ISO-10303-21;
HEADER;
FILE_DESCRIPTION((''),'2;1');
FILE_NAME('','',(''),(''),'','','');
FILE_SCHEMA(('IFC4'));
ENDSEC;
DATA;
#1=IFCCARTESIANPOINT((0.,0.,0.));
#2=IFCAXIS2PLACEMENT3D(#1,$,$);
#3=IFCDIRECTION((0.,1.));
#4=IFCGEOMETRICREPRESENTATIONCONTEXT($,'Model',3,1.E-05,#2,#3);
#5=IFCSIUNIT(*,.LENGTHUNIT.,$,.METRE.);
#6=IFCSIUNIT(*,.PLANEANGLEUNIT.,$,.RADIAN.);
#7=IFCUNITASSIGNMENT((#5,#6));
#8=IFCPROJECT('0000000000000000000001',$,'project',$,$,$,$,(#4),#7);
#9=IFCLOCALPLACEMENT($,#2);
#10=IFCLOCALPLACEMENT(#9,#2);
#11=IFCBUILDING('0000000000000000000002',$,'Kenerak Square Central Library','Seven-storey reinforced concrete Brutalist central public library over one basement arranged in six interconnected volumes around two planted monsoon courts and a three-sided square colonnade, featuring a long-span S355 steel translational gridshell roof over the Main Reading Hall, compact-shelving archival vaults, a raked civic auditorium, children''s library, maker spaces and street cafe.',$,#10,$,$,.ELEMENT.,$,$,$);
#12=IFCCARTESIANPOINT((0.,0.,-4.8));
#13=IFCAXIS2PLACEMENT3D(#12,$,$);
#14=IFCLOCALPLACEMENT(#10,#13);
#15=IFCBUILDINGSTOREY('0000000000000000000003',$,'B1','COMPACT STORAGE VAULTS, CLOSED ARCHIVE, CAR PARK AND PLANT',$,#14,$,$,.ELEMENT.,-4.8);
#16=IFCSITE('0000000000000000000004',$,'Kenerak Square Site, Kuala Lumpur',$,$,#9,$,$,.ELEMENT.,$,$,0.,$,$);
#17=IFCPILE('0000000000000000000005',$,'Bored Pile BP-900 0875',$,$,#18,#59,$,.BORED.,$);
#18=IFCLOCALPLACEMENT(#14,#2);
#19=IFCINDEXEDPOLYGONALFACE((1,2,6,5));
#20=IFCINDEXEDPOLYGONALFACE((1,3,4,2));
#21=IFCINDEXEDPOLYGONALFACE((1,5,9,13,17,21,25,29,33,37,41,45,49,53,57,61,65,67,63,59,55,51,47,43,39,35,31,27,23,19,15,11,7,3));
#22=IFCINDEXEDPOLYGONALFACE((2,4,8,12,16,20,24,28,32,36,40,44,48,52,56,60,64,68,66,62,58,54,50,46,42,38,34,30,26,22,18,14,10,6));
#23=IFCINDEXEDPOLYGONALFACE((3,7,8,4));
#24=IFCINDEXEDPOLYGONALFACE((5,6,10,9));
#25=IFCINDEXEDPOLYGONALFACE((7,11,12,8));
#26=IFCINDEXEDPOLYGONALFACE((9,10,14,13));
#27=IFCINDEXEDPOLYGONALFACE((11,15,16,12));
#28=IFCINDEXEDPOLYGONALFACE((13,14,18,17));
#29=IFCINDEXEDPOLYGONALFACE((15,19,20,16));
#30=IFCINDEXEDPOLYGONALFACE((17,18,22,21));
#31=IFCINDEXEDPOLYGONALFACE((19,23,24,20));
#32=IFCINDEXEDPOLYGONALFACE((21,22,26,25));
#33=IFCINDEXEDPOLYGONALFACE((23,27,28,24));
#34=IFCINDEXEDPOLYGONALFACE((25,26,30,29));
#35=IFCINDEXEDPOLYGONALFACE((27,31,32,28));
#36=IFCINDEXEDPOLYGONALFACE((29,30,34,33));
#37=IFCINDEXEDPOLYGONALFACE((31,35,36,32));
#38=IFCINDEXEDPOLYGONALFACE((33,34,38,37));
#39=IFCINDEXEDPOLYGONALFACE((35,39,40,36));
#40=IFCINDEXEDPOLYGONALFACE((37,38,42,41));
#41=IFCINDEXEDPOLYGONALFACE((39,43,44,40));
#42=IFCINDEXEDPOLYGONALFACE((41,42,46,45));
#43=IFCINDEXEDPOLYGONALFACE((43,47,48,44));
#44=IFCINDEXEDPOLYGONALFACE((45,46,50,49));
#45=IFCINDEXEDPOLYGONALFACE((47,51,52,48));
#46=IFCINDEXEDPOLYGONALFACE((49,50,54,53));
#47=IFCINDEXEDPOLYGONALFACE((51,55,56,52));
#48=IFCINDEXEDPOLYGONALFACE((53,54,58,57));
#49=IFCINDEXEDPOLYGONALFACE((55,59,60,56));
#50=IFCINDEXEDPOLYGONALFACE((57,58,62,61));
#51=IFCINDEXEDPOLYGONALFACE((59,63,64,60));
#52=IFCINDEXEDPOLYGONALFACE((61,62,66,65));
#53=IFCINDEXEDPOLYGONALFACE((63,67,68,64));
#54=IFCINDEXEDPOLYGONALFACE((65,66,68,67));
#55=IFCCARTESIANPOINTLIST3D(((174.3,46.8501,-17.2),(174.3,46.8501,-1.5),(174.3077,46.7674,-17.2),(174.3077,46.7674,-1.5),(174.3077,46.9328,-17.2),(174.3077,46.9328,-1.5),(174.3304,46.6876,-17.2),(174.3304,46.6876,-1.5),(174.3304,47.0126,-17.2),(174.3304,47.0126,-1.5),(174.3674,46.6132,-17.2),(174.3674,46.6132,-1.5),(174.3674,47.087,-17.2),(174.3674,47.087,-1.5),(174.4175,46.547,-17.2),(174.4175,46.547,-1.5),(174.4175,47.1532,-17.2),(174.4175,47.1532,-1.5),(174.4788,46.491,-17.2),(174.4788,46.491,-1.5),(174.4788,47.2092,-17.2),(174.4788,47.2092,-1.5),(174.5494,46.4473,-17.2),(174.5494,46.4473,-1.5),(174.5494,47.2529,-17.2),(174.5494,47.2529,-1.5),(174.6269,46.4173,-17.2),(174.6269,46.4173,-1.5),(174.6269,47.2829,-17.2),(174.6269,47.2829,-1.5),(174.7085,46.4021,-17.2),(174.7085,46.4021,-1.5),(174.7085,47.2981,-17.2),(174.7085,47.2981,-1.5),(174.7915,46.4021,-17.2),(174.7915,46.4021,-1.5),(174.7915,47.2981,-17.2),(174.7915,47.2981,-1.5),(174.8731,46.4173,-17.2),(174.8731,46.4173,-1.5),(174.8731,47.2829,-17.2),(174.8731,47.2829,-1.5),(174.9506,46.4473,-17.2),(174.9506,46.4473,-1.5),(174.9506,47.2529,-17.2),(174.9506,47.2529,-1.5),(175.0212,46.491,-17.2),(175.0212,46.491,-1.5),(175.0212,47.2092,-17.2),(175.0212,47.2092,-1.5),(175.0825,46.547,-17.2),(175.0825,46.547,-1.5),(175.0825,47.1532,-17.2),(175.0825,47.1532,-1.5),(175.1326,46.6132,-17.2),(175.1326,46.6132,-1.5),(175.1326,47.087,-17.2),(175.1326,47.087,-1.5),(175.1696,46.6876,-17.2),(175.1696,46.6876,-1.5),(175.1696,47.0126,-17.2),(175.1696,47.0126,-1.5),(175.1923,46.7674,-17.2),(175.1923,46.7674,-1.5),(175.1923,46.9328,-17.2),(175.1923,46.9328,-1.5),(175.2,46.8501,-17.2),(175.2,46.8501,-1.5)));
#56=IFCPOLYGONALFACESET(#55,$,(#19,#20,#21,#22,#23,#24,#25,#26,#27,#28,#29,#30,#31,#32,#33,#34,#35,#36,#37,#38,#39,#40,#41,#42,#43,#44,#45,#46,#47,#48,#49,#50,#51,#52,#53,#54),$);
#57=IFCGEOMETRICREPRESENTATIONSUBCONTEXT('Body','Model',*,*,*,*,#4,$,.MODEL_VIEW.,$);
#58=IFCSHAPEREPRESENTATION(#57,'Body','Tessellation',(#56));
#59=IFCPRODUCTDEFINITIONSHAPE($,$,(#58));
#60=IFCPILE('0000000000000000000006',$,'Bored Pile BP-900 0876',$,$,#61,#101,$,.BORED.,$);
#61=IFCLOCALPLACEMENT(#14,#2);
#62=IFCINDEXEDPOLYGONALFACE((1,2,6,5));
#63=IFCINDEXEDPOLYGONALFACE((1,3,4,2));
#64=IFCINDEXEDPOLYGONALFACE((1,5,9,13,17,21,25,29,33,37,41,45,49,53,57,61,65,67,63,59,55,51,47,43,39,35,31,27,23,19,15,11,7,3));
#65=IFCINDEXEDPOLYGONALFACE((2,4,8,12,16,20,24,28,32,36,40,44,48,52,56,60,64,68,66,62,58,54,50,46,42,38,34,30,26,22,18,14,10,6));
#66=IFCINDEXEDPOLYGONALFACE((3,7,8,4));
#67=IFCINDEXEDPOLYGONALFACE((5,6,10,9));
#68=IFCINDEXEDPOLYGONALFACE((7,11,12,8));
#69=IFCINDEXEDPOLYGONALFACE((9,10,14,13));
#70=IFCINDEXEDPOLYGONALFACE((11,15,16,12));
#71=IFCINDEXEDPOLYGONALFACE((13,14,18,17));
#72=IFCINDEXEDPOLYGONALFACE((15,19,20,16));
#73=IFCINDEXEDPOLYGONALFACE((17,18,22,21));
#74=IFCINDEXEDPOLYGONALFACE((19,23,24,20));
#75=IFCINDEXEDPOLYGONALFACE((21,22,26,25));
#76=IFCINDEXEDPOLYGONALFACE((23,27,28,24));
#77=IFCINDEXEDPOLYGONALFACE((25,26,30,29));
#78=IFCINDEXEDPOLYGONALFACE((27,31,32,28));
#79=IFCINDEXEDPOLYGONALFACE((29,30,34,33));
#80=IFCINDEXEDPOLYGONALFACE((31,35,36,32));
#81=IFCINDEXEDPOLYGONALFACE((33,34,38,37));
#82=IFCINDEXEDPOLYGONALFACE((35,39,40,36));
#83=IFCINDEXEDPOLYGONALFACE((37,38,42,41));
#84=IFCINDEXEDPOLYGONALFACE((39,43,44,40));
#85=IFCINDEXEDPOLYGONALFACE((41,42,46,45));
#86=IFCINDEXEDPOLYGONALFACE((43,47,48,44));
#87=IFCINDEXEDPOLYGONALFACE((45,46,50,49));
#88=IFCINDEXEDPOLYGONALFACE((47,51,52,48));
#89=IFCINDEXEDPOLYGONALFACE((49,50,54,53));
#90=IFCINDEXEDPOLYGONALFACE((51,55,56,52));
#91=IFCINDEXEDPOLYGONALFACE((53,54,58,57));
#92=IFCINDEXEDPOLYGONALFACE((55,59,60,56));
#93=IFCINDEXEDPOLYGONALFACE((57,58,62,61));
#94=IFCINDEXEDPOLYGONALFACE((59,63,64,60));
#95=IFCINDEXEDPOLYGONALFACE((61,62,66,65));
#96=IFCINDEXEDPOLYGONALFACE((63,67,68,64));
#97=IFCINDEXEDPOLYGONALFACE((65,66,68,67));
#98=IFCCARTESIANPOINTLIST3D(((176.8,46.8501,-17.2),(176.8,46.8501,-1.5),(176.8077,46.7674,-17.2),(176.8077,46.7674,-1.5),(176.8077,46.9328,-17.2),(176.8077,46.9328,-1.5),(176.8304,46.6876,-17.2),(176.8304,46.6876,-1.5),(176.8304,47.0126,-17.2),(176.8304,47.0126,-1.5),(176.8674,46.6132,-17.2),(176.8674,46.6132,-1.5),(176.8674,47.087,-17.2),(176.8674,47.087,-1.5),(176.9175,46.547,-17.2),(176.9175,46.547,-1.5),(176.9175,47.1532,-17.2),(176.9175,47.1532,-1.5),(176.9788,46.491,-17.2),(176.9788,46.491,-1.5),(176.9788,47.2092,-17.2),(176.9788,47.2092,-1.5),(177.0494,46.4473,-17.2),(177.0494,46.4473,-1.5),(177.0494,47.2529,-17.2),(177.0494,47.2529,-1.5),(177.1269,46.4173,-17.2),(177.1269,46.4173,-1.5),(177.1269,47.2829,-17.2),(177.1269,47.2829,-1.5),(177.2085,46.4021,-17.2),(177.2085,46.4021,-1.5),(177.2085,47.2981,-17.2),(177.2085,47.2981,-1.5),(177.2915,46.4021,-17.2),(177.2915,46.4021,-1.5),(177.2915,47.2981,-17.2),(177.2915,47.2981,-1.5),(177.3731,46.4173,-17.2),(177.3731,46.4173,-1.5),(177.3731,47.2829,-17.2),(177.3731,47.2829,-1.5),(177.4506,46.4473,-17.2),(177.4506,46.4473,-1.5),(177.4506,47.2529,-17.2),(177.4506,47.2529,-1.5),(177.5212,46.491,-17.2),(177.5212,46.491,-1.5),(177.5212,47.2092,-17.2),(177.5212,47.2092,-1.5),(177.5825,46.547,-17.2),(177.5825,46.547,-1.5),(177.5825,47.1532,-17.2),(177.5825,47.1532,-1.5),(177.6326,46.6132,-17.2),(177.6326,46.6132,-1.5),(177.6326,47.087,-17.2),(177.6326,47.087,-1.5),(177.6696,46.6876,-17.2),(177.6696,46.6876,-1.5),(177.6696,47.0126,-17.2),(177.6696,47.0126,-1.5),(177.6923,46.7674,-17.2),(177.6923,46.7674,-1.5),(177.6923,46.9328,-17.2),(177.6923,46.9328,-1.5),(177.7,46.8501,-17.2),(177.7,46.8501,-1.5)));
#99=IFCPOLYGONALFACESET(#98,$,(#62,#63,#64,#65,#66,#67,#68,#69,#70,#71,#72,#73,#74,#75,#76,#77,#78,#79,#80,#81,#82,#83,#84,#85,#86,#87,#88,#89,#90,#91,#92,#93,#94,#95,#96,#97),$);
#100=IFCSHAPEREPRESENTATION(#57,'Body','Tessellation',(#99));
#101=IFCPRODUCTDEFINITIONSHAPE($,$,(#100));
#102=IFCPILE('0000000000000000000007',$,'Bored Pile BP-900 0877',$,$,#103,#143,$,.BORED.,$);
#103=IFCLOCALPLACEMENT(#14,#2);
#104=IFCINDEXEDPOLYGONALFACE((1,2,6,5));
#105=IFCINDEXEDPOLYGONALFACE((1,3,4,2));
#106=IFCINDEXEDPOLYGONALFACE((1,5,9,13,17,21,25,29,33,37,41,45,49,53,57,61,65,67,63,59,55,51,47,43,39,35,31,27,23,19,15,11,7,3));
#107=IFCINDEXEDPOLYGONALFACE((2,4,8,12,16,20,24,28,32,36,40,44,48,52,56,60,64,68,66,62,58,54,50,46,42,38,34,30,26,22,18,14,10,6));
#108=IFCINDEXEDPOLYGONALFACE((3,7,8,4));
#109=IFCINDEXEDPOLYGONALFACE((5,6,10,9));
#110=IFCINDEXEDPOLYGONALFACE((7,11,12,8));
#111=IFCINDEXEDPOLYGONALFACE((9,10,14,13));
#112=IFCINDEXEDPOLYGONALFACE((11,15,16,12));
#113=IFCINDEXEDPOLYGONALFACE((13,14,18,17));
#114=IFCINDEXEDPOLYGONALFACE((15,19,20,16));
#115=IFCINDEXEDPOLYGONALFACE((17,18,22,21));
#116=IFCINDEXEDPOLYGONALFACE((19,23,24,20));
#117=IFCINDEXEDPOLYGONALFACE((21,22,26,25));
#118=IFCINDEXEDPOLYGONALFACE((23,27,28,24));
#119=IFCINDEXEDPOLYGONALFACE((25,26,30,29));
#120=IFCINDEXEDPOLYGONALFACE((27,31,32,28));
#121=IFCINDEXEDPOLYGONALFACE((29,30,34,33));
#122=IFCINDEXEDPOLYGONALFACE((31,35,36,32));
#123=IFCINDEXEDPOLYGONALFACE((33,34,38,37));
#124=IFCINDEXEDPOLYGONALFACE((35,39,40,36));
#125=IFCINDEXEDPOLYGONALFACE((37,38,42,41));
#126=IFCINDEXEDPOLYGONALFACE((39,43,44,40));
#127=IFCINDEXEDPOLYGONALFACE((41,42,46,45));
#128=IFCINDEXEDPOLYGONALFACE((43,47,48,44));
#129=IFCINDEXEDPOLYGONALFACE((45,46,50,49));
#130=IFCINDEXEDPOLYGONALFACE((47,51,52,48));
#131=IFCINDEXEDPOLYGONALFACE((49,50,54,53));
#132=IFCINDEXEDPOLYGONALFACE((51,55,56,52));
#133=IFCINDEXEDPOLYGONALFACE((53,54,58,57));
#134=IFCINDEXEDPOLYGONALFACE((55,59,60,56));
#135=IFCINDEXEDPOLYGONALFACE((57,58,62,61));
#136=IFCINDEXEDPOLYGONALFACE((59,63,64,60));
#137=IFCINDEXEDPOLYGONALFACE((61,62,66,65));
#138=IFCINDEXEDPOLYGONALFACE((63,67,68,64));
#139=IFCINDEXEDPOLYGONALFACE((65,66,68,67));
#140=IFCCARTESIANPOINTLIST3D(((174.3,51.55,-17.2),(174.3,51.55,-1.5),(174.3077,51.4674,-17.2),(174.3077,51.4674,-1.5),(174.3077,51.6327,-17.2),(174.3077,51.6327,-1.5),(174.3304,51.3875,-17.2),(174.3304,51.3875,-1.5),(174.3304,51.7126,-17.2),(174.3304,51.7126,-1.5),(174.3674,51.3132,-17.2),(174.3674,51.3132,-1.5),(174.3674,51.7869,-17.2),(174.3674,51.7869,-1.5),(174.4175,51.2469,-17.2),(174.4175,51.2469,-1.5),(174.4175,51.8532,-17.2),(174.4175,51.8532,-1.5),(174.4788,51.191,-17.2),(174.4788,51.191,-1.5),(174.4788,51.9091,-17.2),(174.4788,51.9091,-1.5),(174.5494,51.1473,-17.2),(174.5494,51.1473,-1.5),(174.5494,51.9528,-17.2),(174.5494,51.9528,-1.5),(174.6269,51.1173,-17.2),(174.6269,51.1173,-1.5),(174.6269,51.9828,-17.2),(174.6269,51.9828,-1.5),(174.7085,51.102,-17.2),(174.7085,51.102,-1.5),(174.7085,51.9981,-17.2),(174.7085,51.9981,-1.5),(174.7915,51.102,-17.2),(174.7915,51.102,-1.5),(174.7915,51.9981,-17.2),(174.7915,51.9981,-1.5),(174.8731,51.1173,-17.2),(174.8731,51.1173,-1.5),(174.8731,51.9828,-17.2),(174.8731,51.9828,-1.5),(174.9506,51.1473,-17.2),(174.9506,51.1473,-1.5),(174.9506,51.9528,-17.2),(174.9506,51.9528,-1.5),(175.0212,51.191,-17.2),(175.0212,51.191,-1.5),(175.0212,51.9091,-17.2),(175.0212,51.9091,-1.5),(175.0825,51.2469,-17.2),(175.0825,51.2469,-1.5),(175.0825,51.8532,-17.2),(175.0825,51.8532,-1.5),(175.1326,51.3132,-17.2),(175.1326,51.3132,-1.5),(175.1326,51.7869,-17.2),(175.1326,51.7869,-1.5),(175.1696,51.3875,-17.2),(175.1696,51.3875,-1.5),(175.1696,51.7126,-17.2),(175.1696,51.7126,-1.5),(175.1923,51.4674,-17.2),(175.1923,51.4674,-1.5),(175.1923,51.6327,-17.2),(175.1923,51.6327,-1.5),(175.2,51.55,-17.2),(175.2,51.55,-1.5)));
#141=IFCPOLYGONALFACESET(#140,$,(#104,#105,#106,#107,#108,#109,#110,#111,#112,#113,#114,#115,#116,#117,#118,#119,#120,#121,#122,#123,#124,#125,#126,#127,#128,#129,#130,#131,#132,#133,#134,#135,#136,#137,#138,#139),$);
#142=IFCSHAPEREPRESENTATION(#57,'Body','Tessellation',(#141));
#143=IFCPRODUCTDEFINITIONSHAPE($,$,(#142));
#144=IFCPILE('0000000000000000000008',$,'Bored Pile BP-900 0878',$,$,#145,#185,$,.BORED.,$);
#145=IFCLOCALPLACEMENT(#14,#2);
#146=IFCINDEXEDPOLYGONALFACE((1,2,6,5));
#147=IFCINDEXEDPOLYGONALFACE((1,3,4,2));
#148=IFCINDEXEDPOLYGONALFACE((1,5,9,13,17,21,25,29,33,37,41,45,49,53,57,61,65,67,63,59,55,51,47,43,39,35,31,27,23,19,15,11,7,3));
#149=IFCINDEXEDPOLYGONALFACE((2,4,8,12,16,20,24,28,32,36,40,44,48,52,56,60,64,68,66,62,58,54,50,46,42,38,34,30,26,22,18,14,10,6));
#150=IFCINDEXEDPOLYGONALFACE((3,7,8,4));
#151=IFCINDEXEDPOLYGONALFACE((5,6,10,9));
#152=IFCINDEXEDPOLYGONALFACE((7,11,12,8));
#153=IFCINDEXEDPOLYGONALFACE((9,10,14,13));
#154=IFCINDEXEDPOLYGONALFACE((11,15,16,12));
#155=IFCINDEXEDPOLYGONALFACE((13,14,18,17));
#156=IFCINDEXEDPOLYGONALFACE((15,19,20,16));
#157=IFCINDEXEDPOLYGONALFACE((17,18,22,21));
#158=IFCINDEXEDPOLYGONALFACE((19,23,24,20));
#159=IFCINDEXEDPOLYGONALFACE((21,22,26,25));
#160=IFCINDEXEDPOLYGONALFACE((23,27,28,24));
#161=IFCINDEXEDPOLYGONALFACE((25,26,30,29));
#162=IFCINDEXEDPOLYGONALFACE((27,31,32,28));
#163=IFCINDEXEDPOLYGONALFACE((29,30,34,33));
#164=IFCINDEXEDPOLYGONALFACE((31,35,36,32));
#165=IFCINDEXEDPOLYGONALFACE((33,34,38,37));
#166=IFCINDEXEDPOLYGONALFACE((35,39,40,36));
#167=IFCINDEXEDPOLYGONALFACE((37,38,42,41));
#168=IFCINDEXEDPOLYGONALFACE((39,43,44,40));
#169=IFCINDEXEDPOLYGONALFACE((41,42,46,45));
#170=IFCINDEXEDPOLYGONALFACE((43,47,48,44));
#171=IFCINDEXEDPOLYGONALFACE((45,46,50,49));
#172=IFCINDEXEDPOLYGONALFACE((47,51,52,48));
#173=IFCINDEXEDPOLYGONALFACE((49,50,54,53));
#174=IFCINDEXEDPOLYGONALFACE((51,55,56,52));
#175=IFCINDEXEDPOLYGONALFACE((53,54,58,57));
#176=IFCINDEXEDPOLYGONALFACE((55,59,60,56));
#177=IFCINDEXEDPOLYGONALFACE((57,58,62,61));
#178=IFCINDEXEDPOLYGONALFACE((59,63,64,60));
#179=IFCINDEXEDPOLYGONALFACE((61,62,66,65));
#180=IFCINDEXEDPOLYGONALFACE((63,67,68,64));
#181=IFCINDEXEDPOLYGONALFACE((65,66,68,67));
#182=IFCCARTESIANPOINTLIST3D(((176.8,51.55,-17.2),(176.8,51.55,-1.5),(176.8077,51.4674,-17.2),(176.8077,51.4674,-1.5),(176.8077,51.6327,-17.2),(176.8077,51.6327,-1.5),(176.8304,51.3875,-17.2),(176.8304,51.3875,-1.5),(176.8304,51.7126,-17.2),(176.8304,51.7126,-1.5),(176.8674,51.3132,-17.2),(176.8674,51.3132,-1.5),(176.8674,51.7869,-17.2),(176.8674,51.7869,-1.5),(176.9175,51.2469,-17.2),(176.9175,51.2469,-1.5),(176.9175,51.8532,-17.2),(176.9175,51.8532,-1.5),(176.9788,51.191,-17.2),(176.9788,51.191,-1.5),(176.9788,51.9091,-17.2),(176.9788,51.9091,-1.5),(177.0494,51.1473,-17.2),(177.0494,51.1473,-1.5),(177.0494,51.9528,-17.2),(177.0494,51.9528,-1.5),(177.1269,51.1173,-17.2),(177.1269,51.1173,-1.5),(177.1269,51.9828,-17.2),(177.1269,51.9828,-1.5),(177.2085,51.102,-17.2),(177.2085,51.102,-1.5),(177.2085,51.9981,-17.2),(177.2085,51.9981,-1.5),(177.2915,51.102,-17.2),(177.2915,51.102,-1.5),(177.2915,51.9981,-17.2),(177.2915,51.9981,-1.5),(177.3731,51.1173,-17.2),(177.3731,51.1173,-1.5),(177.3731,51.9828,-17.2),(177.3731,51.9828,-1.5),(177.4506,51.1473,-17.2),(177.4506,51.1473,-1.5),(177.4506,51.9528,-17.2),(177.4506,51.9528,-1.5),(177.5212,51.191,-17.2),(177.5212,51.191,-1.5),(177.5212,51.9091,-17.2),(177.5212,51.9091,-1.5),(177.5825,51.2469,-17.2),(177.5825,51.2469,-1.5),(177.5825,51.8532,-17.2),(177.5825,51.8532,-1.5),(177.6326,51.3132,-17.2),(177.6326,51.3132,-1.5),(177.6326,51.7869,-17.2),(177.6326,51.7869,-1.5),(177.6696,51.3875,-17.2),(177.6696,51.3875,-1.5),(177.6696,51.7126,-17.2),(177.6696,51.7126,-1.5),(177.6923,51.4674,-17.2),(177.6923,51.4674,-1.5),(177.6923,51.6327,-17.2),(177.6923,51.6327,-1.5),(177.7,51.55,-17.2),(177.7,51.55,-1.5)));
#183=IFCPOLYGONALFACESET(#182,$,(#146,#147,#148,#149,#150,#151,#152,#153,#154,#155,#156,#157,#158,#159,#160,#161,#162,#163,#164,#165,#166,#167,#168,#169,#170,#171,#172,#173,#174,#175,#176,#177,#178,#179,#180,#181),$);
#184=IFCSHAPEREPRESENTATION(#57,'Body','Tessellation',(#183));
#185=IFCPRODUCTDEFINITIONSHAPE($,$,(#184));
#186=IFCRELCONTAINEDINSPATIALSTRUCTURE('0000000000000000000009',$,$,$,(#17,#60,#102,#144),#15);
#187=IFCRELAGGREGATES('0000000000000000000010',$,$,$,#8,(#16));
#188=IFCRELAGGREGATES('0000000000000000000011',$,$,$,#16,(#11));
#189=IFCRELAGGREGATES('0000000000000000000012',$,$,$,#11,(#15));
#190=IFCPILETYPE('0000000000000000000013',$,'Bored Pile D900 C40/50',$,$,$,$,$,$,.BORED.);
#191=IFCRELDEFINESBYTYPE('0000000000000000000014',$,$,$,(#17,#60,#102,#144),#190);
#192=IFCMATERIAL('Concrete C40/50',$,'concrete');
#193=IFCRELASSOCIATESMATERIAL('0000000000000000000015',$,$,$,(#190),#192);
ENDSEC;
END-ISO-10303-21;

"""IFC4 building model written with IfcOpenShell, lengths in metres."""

from ifc_helpers import new_model, si_unit, direction, frame, origin, origin_2d, place, context, subcontext, project, spatial, circle, extrude, material, material_profile, profile_set, type_object, element, save


model = new_model("IFC4")

# Units and contexts
model_context = context("Model", 3, precision=1e-05, world=origin(), true_north=direction((0.0, 1.0)))
body_context = subcontext(model_context, "Body", "Model", "MODEL_VIEW")
ifc_project = project(units=[si_unit("LENGTHUNIT", "METRE"), si_unit("PLANEANGLEUNIT", "RADIAN")], contexts=[model_context])

# Site, building, storey
site_placement = place(None, origin())
site = spatial("IfcSite", under=ifc_project, at=site_placement, Name="Kenerak Square Site, Kuala Lumpur", CompositionType="ELEMENT", RefElevation=0.0)
building_placement = place(site_placement, origin())
building = spatial("IfcBuilding", under=site, at=building_placement, Name="Kenerak Square Central Library", Description="Seven-storey reinforced concrete Brutalist central public library over one basement arranged in six interconnected volumes around two planted monsoon courts and a three-sided square colonnade, featuring a long-span S355 steel translational gridshell roof over the Main Reading Hall, compact-shelving archival vaults, a raked civic auditorium, children's library, maker spaces and street cafe.", CompositionType="ELEMENT")
storey_placement = place(building_placement, frame((0.0, 0.0, -4.8)))
storey = spatial("IfcBuildingStorey", under=building, at=storey_placement, Name="B1", Description="COMPACT STORAGE VAULTS, CLOSED ARCHIVE, CAR PARK AND PLANT", CompositionType="ELEMENT", Elevation=-4.8)

# Piles
ifc_material_1 = material(Name="Concrete C40/50", Category="concrete")
ifc_material_profile_1 = material_profile(ifc_material_1, circle(Radius=0.45, at=origin_2d()), Name="BP D900")
ifc_profile_set_1 = profile_set([ifc_material_profile_1], Name="Concrete C40/50")
pile_type = type_object("IfcPileType", Name="Bored Pile D900 C40/50", PredefinedType="BORED", material=ifc_profile_set_1)
for number, where, z_axis, x_axis, name in (
    (1, (174.75, 46.8501, -1.5), (0.0, 0.0, -1.0), (1.0, 0.0, 0.0), "Bored Pile BP-900 0875"),
    (2, (177.25, 46.8501, -1.5), (0.0, 0.0, -1.0), (1.0, 0.0, 0.0), "Bored Pile BP-900 0876"),
    (3, (174.75, 51.55, -1.5), (0.0, 0.0, -1.0), (1.0, 0.0, 0.0), "Bored Pile BP-900 0877"),
    (4, (177.25, 51.55, -1.5), (0.0, 0.0, -1.0), (1.0, 0.0, 0.0), "Bored Pile BP-900 0878"),
):
    element("IfcPile", number, at=place(storey_placement, frame(where, z_axis=z_axis, x_axis=x_axis)), inside=storey, type_object=pile_type, Name=name, PredefinedType="BORED", context=body_context, shape_type="SweptSolid", body=[
        extrude(circle(Radius=0.45, at=origin_2d()), origin(), (0.0, 0.0, 1.0), 15.7),
    ])

save(model, "model.ifc")
